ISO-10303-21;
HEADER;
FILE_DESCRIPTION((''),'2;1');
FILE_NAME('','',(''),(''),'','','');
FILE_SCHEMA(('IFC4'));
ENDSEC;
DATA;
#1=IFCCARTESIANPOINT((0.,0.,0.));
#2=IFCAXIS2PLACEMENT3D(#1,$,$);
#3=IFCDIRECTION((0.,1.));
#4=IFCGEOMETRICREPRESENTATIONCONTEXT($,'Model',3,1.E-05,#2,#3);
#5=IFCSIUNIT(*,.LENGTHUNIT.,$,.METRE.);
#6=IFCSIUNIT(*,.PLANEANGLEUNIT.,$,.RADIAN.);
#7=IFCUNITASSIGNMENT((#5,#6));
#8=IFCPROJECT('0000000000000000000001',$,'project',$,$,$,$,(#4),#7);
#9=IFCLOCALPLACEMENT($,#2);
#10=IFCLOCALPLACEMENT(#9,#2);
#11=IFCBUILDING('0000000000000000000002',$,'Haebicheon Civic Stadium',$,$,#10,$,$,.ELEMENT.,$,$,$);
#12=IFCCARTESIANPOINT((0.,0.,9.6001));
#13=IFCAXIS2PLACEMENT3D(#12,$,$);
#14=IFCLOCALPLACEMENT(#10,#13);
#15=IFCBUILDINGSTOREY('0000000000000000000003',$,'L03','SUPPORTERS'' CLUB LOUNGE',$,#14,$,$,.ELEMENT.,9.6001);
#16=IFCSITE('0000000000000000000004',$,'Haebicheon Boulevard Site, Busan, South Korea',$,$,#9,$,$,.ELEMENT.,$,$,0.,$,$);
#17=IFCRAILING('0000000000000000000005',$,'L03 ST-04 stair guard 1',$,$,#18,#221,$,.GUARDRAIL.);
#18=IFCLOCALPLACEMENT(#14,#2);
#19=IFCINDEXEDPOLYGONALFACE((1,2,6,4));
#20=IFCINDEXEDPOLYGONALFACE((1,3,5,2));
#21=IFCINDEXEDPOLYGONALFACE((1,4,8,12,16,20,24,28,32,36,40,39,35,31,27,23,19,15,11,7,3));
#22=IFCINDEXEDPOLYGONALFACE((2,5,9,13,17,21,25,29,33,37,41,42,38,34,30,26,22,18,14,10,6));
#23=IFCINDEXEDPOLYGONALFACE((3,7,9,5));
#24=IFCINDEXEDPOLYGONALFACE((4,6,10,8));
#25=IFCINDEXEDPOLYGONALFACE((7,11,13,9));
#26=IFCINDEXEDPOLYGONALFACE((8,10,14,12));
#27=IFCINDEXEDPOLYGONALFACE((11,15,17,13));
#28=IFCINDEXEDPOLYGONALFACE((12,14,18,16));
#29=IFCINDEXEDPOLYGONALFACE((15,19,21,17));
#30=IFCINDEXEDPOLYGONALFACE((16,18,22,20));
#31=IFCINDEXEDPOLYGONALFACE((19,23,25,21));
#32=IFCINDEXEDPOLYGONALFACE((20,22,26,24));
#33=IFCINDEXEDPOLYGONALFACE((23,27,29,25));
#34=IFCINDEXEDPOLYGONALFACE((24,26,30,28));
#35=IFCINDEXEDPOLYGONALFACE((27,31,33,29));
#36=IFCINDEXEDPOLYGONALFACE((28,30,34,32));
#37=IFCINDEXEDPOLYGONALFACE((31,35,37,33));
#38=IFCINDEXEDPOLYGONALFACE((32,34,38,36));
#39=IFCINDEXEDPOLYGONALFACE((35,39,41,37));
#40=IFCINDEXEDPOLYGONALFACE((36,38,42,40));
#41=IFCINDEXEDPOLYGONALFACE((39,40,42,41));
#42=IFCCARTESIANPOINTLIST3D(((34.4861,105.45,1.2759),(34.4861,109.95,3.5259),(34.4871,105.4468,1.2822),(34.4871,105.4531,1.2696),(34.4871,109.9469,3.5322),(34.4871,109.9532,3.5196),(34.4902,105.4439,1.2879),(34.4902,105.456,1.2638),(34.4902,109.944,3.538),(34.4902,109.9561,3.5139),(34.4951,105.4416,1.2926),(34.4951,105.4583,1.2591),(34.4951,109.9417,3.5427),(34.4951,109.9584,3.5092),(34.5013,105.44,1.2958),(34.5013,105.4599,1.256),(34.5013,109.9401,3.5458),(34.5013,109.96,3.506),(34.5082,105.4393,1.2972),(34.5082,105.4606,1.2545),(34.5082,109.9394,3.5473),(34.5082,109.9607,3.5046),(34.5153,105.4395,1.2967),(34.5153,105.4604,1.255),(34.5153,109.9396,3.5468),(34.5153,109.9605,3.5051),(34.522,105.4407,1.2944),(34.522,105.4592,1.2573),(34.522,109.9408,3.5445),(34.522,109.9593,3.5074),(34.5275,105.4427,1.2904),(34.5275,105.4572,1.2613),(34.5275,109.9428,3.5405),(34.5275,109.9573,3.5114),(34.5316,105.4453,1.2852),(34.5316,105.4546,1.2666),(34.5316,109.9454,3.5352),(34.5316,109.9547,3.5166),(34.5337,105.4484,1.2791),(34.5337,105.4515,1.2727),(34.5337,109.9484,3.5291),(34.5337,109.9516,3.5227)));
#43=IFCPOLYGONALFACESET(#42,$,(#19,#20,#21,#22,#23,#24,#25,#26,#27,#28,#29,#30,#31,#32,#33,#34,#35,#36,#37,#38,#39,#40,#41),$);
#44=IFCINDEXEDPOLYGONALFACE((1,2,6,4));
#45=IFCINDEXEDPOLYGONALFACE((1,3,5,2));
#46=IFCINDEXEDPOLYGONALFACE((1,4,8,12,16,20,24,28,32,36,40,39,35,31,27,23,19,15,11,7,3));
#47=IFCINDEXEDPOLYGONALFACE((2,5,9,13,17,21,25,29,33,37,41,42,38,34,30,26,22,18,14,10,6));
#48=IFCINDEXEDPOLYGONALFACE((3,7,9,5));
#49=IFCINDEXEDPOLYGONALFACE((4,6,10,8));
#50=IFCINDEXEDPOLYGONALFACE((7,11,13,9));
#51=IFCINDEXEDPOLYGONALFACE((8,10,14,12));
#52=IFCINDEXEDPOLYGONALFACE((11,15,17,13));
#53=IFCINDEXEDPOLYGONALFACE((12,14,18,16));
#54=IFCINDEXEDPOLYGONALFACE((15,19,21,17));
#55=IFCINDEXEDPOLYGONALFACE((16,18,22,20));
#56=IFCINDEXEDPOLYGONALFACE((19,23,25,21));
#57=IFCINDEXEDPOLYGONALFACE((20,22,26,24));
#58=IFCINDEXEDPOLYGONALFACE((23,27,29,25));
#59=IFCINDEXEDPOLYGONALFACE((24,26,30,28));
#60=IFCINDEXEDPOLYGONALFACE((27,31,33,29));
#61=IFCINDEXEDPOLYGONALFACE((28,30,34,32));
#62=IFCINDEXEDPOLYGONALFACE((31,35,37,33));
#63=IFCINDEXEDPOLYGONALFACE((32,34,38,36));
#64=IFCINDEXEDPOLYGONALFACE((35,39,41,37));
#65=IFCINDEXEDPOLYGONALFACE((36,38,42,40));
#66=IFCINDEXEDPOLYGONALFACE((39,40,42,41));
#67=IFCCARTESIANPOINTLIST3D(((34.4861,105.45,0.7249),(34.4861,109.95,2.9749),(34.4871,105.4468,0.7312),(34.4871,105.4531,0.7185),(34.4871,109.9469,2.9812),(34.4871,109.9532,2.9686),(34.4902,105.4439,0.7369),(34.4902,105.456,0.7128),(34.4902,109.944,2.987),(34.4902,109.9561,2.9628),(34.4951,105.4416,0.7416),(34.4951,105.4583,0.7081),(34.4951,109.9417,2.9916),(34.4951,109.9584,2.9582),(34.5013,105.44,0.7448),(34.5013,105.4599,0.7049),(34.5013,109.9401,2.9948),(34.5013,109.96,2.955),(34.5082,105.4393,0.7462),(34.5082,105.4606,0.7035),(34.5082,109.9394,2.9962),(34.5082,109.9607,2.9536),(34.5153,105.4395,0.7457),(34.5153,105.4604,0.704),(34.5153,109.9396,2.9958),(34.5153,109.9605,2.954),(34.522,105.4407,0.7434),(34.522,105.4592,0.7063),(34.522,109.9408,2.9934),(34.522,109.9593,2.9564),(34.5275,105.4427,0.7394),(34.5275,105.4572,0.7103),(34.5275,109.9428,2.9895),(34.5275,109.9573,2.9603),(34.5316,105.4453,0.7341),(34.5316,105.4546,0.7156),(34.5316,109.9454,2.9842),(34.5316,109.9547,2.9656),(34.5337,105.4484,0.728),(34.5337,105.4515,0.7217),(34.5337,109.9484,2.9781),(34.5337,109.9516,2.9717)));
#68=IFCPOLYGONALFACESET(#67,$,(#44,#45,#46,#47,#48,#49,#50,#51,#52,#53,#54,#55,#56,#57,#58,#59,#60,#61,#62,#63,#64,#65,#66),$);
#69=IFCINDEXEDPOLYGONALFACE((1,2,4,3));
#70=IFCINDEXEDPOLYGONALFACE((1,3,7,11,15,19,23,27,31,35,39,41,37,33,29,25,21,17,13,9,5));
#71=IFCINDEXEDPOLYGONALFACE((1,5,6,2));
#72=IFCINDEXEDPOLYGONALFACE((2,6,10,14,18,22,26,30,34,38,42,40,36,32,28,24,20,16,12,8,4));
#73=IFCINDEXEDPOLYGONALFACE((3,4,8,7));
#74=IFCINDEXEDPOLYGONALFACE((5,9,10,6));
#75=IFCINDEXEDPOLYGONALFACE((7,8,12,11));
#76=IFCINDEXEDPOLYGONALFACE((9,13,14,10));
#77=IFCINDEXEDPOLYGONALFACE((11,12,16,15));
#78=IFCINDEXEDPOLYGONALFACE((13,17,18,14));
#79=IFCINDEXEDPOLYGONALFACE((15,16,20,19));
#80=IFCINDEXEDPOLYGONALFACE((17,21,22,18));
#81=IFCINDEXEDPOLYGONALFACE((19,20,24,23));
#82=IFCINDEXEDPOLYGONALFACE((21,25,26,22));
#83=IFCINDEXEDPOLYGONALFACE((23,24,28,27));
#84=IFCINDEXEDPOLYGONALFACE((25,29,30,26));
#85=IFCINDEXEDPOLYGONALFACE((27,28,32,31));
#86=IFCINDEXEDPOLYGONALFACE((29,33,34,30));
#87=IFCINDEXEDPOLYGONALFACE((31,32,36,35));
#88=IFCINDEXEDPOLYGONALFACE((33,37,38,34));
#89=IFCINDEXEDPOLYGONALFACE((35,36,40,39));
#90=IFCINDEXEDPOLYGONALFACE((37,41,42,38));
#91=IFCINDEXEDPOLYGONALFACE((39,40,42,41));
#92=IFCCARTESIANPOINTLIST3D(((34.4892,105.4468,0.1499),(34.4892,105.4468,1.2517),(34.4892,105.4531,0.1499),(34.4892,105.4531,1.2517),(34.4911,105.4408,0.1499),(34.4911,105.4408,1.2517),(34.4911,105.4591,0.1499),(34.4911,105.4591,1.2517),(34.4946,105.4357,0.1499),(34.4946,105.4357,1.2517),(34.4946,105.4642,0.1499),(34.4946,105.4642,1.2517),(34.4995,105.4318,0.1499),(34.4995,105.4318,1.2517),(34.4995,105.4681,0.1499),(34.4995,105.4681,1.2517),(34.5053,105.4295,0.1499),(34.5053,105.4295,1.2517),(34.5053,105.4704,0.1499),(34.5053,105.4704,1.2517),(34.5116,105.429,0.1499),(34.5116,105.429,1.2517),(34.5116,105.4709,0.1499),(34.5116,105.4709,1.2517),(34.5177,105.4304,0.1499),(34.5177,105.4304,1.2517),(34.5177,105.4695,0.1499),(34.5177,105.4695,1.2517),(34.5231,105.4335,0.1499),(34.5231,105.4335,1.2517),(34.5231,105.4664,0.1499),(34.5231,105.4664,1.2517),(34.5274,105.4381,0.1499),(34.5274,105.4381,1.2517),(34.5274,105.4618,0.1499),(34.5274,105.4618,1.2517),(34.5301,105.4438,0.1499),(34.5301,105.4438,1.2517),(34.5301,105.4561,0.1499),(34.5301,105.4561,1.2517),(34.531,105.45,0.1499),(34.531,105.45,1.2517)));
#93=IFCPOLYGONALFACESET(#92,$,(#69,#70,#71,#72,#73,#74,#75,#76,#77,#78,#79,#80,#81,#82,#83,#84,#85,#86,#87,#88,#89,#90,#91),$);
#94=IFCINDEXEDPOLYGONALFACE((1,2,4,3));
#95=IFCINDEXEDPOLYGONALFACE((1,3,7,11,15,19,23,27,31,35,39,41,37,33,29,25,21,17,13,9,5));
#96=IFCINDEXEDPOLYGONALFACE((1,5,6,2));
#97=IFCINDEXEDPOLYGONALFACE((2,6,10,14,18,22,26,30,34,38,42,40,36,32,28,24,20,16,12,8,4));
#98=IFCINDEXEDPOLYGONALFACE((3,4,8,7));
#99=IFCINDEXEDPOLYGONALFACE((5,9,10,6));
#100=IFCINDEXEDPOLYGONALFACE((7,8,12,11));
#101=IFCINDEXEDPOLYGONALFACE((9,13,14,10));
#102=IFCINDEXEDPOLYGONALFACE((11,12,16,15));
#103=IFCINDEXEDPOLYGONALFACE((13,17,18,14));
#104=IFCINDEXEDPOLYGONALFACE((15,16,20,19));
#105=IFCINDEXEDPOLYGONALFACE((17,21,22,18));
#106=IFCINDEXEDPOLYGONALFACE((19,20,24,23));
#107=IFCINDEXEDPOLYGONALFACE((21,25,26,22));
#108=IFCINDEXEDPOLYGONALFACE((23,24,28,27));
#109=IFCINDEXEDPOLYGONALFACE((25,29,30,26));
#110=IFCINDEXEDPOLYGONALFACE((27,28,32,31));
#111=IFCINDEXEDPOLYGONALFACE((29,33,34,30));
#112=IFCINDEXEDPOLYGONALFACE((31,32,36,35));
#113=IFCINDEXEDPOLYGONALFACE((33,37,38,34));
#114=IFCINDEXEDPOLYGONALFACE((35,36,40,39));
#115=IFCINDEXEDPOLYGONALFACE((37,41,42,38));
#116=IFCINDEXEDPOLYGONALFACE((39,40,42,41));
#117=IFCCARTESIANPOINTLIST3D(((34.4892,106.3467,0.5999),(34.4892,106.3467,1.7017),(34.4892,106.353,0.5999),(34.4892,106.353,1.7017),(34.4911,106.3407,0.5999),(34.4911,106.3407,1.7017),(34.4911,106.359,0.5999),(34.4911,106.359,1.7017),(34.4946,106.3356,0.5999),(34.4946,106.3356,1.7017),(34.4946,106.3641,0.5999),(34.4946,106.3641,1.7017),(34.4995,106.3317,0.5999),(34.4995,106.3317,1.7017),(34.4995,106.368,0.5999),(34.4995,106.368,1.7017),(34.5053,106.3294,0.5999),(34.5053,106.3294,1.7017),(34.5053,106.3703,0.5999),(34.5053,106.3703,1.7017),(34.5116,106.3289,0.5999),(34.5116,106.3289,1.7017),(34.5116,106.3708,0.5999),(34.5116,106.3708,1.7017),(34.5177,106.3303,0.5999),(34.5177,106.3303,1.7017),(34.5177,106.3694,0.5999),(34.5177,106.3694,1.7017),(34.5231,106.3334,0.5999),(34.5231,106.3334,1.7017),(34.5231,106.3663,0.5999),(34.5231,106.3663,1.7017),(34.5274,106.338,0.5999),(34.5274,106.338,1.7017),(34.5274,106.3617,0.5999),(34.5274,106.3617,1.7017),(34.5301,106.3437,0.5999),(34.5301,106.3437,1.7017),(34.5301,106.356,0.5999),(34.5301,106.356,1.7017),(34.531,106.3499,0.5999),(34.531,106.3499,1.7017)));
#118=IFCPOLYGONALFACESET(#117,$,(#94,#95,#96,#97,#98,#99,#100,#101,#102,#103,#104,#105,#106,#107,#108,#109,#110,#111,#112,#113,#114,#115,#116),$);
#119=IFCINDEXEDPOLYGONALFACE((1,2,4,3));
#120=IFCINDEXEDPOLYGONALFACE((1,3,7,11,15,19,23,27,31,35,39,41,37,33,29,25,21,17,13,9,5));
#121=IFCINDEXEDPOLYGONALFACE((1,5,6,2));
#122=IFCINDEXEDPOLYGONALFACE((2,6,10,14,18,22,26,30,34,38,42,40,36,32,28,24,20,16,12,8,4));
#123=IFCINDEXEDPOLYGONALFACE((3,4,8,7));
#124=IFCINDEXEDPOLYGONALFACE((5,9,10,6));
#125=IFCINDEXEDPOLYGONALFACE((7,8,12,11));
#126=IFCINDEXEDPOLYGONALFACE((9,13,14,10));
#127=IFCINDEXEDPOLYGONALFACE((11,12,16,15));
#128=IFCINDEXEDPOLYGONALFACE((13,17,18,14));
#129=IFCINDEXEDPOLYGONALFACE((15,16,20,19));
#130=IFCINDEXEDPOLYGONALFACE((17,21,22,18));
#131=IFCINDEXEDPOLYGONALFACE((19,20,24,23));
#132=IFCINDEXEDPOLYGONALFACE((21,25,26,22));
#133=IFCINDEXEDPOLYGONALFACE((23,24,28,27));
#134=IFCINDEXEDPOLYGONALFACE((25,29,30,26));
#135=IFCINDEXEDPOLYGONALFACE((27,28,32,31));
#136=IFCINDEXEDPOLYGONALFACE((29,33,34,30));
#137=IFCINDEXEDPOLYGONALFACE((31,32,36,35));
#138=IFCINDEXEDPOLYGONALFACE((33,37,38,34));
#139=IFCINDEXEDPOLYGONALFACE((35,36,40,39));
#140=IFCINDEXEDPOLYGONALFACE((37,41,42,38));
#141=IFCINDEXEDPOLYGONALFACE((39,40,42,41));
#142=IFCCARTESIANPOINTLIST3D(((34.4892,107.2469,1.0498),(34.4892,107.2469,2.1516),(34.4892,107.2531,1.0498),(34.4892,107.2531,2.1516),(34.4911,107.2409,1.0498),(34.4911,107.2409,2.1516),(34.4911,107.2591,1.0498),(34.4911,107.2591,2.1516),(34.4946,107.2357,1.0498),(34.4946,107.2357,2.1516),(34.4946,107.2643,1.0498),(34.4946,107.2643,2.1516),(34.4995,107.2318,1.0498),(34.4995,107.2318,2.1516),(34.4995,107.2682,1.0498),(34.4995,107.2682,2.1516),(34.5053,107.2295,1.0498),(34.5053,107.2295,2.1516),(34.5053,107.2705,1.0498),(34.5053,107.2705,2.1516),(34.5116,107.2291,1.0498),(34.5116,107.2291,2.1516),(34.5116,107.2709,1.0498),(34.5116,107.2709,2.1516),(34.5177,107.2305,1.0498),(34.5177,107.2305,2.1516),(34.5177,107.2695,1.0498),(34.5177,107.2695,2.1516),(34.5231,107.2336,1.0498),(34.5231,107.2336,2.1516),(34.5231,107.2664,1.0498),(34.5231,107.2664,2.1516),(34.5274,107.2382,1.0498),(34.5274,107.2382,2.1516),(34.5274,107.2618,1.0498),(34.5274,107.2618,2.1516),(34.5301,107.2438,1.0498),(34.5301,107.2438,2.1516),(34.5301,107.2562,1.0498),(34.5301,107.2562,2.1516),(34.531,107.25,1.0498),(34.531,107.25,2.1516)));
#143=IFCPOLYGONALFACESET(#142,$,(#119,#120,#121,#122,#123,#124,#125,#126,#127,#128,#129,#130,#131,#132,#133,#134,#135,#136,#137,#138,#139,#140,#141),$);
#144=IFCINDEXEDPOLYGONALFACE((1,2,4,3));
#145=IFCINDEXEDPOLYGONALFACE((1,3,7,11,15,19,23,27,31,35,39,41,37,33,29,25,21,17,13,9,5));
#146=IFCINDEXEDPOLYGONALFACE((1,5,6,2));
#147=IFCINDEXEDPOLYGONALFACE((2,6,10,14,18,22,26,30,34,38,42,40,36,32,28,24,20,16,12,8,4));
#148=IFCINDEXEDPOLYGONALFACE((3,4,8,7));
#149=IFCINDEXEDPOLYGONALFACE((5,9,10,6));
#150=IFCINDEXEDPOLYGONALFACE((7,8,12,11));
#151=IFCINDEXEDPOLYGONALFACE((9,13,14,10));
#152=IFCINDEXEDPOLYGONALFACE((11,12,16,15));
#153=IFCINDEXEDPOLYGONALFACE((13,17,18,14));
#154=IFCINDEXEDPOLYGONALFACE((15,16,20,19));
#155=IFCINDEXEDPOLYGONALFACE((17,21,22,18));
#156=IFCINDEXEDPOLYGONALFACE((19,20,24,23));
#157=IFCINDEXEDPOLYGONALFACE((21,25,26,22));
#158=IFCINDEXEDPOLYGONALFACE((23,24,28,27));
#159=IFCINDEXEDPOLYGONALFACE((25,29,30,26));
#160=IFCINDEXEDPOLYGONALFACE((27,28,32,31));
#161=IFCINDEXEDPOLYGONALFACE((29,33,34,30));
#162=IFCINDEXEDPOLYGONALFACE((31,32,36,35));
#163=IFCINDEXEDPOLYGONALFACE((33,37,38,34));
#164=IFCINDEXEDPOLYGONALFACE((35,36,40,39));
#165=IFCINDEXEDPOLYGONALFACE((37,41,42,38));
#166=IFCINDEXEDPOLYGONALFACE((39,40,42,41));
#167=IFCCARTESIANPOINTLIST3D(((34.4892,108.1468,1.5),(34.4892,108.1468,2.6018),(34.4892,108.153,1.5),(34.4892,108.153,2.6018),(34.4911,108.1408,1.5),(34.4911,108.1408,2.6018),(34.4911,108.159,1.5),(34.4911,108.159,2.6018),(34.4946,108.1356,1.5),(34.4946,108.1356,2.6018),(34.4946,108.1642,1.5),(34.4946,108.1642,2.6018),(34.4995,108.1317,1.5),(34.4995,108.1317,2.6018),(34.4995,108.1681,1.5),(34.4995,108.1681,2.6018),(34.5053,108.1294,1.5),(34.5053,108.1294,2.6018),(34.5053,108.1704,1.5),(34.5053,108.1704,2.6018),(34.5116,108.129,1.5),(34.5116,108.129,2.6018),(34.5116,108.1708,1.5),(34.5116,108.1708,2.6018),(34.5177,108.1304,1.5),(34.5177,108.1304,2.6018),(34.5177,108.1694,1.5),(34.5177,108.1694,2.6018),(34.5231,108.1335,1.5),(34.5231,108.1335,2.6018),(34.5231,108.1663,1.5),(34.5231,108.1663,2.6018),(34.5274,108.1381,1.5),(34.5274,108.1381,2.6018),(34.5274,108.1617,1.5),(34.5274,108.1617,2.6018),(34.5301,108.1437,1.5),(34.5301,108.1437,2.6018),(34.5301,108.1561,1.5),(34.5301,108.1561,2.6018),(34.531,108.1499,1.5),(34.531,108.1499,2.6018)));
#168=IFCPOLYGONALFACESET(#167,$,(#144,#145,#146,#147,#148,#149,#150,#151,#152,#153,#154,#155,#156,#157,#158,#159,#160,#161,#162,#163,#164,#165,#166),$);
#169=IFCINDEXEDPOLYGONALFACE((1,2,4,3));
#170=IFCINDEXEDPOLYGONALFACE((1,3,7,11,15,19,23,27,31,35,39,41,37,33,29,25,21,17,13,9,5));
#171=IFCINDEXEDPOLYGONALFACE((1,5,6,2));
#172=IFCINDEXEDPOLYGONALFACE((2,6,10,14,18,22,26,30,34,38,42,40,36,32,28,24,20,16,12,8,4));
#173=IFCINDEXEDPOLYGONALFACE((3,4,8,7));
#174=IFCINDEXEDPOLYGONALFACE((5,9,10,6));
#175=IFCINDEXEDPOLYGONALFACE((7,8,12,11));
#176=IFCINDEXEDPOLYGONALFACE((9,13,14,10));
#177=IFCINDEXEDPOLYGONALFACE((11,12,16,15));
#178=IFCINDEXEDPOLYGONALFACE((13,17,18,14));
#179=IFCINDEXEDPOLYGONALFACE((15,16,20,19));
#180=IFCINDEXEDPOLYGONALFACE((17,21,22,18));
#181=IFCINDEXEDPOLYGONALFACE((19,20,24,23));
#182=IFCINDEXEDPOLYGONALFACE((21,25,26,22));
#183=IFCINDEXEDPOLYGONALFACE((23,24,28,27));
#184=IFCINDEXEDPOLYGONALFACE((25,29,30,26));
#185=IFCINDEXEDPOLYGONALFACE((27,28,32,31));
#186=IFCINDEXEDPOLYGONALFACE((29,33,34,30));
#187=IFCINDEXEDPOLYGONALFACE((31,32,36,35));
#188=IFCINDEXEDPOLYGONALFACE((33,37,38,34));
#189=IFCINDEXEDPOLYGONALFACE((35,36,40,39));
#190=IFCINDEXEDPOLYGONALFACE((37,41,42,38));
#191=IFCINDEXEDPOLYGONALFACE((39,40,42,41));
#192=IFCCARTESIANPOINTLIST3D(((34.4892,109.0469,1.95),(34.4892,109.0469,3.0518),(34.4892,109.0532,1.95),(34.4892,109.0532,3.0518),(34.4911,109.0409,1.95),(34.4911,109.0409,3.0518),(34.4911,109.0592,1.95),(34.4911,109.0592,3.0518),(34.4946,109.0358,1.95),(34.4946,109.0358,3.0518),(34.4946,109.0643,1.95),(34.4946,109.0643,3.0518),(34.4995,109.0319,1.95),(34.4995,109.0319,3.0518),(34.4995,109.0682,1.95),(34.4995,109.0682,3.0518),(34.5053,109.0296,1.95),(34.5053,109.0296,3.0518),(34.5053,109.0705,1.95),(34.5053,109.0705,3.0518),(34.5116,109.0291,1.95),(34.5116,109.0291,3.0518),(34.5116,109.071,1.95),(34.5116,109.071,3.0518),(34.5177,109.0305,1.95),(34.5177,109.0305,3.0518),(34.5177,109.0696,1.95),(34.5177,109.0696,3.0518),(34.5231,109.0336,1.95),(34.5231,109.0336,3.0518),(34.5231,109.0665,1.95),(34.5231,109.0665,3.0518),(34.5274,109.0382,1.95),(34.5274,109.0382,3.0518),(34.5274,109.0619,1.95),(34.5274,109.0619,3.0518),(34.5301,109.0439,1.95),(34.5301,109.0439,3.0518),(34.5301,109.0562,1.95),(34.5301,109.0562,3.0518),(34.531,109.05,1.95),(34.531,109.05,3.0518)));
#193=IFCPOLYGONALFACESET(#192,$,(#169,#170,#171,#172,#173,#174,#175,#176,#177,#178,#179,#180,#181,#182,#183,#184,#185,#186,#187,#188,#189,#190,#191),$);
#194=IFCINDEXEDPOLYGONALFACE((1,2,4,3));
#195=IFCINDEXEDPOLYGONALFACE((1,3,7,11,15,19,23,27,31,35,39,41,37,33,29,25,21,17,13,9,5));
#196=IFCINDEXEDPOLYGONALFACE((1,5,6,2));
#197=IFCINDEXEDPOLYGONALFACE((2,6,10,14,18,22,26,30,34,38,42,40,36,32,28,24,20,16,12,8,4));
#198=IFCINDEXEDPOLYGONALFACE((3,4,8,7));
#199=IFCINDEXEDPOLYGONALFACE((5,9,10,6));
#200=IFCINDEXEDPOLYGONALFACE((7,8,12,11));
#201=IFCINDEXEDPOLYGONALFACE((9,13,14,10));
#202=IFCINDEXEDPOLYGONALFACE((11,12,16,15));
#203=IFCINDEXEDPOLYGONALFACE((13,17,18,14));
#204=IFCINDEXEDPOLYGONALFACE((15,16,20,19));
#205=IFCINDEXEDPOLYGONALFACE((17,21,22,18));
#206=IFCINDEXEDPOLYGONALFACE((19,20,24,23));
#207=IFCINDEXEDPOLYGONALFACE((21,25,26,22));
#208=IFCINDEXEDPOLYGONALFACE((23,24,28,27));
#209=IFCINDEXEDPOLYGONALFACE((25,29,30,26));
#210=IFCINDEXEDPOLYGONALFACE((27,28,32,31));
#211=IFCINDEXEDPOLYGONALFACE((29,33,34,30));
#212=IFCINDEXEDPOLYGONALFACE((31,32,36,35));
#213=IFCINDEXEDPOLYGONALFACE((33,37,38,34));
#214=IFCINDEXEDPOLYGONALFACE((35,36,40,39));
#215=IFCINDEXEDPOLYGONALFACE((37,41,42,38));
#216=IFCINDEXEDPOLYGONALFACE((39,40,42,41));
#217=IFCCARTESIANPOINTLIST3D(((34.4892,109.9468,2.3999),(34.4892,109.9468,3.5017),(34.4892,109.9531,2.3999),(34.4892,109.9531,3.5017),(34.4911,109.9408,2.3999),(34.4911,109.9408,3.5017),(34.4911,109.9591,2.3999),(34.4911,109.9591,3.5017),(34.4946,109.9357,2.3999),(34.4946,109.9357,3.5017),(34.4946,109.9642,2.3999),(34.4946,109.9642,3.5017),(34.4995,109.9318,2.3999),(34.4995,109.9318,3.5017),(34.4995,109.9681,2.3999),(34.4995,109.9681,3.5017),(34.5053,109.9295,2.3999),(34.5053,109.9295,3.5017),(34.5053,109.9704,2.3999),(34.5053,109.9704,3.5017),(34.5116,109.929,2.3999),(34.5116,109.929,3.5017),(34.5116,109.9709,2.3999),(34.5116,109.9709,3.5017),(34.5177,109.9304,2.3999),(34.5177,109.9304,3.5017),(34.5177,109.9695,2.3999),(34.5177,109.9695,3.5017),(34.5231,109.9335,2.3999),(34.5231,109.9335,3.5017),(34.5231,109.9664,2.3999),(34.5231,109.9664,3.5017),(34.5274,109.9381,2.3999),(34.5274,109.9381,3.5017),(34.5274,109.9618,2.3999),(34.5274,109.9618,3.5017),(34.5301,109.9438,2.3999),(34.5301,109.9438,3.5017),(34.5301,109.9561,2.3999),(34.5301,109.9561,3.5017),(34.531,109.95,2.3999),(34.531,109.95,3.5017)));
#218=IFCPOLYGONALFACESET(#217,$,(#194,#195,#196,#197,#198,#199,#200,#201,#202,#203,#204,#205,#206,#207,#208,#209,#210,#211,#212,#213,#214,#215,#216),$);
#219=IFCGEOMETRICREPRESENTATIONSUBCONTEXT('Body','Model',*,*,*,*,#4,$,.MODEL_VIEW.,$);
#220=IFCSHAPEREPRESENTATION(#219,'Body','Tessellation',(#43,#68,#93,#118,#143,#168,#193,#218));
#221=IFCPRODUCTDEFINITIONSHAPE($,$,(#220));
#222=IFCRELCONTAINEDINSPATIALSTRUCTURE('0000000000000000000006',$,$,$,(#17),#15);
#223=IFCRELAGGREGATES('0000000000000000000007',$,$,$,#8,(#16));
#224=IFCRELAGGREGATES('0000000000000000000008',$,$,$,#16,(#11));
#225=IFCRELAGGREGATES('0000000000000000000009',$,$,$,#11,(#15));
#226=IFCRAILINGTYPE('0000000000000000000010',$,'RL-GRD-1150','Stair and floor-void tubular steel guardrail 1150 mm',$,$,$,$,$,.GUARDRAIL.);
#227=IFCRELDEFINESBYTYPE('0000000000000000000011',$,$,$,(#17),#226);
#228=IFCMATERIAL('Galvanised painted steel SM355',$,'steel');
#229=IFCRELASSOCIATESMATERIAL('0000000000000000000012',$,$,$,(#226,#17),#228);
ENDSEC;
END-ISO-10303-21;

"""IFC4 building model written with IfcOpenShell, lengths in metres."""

from ifc_helpers import new_model, si_unit, direction, frame, origin, origin_2d, place, context, subcontext, project, spatial, circle, extrude, material, type_object, element, save


model = new_model("IFC4")

# Units and contexts
model_context = context("Model", 3, precision=1e-05, world=origin(), true_north=direction((0.0, 1.0)))
body_context = subcontext(model_context, "Body", "Model", "MODEL_VIEW")
ifc_project = project(units=[si_unit("LENGTHUNIT", "METRE"), si_unit("PLANEANGLEUNIT", "RADIAN")], contexts=[model_context])

# Site, building, storey
site_placement = place(None, origin())
site = spatial("IfcSite", under=ifc_project, at=site_placement, Name="Haebicheon Boulevard Site, Busan, South Korea", CompositionType="ELEMENT", RefElevation=0.0)
building_placement = place(site_placement, origin())
building = spatial("IfcBuilding", under=site, at=building_placement, Name="Haebicheon Civic Stadium", CompositionType="ELEMENT")
storey_placement = place(building_placement, frame((0.0, 0.0, 9.6001)))
storey = spatial("IfcBuildingStorey", under=building, at=storey_placement, Name="L03", Description="SUPPORTERS' CLUB LOUNGE", CompositionType="ELEMENT", Elevation=9.6001)

# Railing
ifc_material_1 = material(Name="Galvanised painted steel SM355", Category="steel")
railing_type_1 = type_object("IfcRailingType", Name="RL-GRD-1150", Description="Stair and floor-void tubular steel guardrail 1150 mm", PredefinedType="GUARDRAIL", material=ifc_material_1)
railing_1_placement = place(storey_placement, frame((34.51, 105.45, 0.1499)))
element("IfcRailing", 1, at=railing_1_placement, inside=storey, type_object=railing_type_1, material=ifc_material_1, Name="L03 ST-04 stair guard 1", PredefinedType="GUARDRAIL", context=body_context, shape_type="SweptSolid", body=[
    extrude(circle(Radius=0.0239, at=origin_2d()), frame((0.0, 0.0, 1.126), z_axis=(0.0, 0.894427, 0.447214), x_axis=(-1.0, 0.0, 0.0)), (0.0, 0.0, 1.0), 5.0312),
    extrude(circle(Radius=0.0239, at=origin_2d()), frame((0.0, 0.0, 0.575), z_axis=(0.0, 0.894427, 0.447214), x_axis=(-1.0, 0.0, 0.0)), (0.0, 0.0, 1.0), 5.0312),
    extrude(circle(Radius=0.021, at=origin_2d()), origin(), (0.0, 0.0, 1.0), 1.1018),
    extrude(circle(Radius=0.021, at=origin_2d()), frame((0.0, 0.8999, 0.45)), (0.0, 0.0, 1.0), 1.1018),
    extrude(circle(Radius=0.021, at=origin_2d()), frame((0.0, 1.8, 0.8999)), (0.0, 0.0, 1.0), 1.1018),
    extrude(circle(Radius=0.021, at=origin_2d()), frame((0.0, 2.7, 1.3501)), (0.0, 0.0, 1.0), 1.1018),
    extrude(circle(Radius=0.021, at=origin_2d()), frame((0.0, 3.6001, 1.8)), (0.0, 0.0, 1.0), 1.1018),
    extrude(circle(Radius=0.021, at=origin_2d()), frame((0.0, 4.5, 2.25)), (0.0, 0.0, 1.0), 1.1018),
])

save(model, "model.ifc")
